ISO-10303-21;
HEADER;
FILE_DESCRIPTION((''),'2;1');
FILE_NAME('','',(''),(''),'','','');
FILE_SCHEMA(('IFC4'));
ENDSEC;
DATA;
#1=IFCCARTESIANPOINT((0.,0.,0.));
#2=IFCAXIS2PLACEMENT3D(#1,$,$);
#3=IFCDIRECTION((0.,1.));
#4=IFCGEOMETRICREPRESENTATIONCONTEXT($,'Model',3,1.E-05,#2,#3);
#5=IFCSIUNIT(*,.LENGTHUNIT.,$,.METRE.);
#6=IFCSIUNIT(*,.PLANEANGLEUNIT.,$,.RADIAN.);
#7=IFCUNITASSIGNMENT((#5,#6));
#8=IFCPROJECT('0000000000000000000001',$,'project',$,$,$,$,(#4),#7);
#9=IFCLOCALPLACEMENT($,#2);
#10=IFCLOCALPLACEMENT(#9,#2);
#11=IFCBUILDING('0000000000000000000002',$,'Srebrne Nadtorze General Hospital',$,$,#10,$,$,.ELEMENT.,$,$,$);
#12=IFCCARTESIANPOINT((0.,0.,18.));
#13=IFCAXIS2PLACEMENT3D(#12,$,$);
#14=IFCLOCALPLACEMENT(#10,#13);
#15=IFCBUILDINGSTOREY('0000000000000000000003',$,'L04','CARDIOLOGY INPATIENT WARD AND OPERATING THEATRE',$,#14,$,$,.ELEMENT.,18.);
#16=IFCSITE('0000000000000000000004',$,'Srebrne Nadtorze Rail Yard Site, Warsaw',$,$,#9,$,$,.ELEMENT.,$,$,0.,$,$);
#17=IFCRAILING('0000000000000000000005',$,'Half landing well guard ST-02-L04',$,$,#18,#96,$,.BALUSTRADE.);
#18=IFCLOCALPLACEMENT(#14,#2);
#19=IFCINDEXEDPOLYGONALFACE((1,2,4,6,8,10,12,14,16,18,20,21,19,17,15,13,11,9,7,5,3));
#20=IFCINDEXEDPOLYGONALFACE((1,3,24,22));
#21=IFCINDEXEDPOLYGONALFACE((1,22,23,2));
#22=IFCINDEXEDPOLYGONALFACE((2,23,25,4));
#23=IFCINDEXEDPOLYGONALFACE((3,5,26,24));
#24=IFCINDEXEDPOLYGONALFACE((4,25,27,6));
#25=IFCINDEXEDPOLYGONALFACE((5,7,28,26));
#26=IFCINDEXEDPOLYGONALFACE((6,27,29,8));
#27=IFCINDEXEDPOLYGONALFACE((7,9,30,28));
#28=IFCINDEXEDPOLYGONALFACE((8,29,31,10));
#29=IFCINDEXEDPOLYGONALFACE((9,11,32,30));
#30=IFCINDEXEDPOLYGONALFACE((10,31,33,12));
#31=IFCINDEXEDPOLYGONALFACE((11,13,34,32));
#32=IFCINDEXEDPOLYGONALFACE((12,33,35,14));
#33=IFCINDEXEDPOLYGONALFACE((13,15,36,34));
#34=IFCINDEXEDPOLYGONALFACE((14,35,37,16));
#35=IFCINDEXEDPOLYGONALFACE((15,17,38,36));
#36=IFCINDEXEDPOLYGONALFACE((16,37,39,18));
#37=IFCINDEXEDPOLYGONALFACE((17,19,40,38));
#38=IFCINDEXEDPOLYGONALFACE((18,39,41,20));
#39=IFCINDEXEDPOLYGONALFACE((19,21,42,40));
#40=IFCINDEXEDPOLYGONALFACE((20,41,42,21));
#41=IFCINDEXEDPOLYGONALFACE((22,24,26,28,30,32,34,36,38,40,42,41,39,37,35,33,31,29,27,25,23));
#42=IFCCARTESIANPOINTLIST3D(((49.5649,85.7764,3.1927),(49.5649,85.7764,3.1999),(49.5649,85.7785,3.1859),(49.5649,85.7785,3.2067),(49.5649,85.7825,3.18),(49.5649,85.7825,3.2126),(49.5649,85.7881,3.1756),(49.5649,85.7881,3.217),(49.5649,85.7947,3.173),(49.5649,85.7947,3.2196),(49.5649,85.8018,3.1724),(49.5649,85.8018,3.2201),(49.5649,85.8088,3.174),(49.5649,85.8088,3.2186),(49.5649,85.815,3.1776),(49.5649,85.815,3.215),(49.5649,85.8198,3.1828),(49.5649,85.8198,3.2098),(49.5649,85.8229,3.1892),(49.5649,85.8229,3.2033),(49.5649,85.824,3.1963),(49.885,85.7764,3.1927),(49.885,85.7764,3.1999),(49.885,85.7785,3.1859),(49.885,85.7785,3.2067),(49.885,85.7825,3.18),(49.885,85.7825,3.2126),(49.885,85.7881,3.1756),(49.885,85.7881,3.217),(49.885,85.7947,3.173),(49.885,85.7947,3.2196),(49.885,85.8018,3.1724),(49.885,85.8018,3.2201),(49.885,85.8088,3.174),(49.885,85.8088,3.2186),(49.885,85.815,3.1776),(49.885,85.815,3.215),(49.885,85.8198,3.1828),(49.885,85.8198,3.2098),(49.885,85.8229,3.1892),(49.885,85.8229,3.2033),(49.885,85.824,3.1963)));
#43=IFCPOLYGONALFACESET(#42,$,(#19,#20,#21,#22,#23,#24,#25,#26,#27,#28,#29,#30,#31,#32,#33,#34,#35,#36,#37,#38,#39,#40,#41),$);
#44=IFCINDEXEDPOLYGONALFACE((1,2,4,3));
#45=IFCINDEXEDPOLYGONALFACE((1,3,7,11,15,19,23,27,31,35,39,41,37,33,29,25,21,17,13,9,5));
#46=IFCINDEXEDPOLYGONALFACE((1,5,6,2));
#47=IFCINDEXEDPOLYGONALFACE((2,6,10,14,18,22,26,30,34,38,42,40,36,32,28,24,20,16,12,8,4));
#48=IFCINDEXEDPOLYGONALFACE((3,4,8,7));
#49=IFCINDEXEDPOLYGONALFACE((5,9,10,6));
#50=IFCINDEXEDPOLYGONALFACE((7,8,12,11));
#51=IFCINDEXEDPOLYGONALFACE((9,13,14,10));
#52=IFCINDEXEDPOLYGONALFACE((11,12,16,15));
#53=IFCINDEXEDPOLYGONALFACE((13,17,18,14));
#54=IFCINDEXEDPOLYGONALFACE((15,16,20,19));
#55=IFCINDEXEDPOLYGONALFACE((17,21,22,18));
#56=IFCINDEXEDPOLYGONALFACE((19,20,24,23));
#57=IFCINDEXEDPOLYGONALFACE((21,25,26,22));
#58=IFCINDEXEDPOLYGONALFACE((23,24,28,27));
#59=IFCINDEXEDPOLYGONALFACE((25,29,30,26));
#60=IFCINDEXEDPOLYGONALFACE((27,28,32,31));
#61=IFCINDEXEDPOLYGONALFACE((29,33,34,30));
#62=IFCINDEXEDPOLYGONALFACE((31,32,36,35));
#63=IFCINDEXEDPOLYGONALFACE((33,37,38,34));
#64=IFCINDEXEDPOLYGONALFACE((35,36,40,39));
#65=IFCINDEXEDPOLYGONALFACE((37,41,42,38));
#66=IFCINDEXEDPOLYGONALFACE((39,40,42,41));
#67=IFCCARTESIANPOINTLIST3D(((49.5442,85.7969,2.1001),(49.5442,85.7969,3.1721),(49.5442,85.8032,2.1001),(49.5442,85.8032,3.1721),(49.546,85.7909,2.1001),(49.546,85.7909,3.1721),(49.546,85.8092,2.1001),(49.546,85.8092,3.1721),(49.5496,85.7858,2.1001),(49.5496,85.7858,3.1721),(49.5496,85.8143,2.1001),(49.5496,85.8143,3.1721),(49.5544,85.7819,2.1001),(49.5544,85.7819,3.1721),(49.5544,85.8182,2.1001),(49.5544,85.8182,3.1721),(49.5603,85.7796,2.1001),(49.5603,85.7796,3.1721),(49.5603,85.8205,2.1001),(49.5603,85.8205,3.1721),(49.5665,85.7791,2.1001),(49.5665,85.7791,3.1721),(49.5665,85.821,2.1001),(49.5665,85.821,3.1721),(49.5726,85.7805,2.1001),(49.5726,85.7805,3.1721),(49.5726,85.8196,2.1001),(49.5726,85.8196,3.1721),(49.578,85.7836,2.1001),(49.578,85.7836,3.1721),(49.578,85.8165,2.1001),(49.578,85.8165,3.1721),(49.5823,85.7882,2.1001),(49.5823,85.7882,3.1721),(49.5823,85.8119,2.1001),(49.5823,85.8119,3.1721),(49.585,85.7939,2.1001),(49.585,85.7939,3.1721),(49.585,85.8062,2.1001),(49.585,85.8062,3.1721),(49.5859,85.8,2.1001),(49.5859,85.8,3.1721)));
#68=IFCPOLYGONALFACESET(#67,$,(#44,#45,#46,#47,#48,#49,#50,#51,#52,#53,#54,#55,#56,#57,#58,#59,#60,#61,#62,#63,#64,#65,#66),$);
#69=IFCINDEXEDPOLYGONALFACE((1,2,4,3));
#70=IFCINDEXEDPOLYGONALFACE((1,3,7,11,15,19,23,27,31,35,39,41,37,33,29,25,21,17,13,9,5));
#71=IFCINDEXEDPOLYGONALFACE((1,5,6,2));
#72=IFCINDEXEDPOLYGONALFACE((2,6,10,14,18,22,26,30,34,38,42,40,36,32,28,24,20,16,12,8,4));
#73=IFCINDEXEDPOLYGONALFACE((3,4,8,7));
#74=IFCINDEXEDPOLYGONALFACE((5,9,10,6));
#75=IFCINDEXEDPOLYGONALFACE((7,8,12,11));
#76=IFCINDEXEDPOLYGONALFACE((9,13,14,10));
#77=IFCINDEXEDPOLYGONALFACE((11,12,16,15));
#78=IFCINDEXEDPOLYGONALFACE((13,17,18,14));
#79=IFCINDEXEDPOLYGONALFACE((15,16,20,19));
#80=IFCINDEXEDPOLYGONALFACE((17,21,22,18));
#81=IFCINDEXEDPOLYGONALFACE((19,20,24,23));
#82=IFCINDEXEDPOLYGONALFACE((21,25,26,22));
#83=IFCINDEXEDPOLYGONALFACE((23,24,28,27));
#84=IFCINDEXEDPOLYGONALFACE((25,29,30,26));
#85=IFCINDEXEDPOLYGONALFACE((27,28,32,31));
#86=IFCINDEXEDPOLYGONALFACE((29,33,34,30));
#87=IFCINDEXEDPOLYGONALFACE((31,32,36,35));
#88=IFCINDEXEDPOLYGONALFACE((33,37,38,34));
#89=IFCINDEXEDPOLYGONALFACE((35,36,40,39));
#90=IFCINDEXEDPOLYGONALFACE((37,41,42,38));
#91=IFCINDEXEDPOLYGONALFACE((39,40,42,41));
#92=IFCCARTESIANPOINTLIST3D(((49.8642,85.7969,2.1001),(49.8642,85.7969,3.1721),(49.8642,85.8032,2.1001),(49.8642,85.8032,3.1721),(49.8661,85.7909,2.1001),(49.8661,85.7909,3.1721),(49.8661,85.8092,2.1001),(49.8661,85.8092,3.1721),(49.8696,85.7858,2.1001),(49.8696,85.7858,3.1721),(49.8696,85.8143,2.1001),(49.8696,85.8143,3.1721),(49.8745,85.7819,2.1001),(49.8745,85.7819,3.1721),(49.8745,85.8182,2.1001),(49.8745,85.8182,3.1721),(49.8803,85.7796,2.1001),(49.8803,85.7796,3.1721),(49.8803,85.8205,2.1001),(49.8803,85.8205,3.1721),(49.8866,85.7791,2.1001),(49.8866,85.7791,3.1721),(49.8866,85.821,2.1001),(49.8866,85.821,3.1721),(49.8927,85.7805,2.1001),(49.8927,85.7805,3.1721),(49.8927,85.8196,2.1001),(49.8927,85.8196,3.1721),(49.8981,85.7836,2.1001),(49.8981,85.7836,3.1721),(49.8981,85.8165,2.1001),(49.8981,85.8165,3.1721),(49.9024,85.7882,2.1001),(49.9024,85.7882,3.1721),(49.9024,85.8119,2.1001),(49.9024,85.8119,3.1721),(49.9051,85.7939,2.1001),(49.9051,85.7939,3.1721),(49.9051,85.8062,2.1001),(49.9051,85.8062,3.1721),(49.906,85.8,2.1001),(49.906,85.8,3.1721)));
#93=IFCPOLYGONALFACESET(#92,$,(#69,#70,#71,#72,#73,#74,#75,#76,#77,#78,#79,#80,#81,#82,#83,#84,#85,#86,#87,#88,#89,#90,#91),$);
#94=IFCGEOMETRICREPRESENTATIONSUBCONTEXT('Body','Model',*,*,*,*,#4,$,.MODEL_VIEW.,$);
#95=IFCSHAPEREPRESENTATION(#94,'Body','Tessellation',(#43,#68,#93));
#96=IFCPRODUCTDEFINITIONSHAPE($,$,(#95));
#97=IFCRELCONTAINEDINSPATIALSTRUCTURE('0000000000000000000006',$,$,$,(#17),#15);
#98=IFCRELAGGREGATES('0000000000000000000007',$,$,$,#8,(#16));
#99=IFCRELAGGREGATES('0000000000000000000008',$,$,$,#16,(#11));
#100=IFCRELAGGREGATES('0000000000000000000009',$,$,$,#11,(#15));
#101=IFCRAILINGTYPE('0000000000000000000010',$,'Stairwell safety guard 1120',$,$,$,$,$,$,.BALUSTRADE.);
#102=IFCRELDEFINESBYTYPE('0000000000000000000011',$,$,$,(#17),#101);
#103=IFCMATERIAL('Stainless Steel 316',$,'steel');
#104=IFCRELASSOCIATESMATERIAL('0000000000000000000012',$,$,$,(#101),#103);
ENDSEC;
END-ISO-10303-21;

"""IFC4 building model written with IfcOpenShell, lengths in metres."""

from ifc_helpers import new_model, si_unit, direction, frame, origin, origin_2d, place, context, subcontext, project, spatial, circle, extrude, material, type_object, element, save


model = new_model("IFC4")

# Units and contexts
model_context = context("Model", 3, precision=1e-05, world=origin(), true_north=direction((0.0, 1.0)))
body_context = subcontext(model_context, "Body", "Model", "MODEL_VIEW")
ifc_project = project(units=[si_unit("LENGTHUNIT", "METRE"), si_unit("PLANEANGLEUNIT", "RADIAN")], contexts=[model_context])

# Site, building, storey
site_placement = place(None, origin())
site = spatial("IfcSite", under=ifc_project, at=site_placement, Name="Srebrne Nadtorze Rail Yard Site, Warsaw", CompositionType="ELEMENT", RefElevation=0.0)
building_placement = place(site_placement, origin())
building = spatial("IfcBuilding", under=site, at=building_placement, Name="Srebrne Nadtorze General Hospital", CompositionType="ELEMENT")
storey_placement = place(building_placement, frame((0.0, 0.0, 18.0)))
storey = spatial("IfcBuildingStorey", under=building, at=storey_placement, Name="L04", Description="CARDIOLOGY INPATIENT WARD AND OPERATING THEATRE", CompositionType="ELEMENT", Elevation=18.0)

# Railing
ifc_material_1 = material(Name="Stainless Steel 316", Category="steel")
railing_type = type_object("IfcRailingType", Name="Stairwell safety guard 1120", PredefinedType="BALUSTRADE", material=ifc_material_1)
railing_placement = place(storey_placement, frame((49.5649, 85.8, 2.1001)))
element("IfcRailing", 1, at=railing_placement, inside=storey, type_object=railing_type, Name="Half landing well guard ST-02-L04", PredefinedType="BALUSTRADE", context=body_context, shape_type="SweptSolid", body=[
    extrude(circle(Radius=0.0239, at=origin_2d()), frame((0.0, 0.0, 1.0962), z_axis=(1.0, 0.0, 0.0), x_axis=(0.0, 1.0, 0.0)), (0.0, 0.0, 1.0), 0.3201),
    extrude(circle(Radius=0.021, at=origin_2d()), origin(), (0.0, 0.0, 1.0), 1.072),
    extrude(circle(Radius=0.021, at=origin_2d()), frame((0.3201, 0.0, 0.0)), (0.0, 0.0, 1.0), 1.072),
])

save(model, "model.ifc")
